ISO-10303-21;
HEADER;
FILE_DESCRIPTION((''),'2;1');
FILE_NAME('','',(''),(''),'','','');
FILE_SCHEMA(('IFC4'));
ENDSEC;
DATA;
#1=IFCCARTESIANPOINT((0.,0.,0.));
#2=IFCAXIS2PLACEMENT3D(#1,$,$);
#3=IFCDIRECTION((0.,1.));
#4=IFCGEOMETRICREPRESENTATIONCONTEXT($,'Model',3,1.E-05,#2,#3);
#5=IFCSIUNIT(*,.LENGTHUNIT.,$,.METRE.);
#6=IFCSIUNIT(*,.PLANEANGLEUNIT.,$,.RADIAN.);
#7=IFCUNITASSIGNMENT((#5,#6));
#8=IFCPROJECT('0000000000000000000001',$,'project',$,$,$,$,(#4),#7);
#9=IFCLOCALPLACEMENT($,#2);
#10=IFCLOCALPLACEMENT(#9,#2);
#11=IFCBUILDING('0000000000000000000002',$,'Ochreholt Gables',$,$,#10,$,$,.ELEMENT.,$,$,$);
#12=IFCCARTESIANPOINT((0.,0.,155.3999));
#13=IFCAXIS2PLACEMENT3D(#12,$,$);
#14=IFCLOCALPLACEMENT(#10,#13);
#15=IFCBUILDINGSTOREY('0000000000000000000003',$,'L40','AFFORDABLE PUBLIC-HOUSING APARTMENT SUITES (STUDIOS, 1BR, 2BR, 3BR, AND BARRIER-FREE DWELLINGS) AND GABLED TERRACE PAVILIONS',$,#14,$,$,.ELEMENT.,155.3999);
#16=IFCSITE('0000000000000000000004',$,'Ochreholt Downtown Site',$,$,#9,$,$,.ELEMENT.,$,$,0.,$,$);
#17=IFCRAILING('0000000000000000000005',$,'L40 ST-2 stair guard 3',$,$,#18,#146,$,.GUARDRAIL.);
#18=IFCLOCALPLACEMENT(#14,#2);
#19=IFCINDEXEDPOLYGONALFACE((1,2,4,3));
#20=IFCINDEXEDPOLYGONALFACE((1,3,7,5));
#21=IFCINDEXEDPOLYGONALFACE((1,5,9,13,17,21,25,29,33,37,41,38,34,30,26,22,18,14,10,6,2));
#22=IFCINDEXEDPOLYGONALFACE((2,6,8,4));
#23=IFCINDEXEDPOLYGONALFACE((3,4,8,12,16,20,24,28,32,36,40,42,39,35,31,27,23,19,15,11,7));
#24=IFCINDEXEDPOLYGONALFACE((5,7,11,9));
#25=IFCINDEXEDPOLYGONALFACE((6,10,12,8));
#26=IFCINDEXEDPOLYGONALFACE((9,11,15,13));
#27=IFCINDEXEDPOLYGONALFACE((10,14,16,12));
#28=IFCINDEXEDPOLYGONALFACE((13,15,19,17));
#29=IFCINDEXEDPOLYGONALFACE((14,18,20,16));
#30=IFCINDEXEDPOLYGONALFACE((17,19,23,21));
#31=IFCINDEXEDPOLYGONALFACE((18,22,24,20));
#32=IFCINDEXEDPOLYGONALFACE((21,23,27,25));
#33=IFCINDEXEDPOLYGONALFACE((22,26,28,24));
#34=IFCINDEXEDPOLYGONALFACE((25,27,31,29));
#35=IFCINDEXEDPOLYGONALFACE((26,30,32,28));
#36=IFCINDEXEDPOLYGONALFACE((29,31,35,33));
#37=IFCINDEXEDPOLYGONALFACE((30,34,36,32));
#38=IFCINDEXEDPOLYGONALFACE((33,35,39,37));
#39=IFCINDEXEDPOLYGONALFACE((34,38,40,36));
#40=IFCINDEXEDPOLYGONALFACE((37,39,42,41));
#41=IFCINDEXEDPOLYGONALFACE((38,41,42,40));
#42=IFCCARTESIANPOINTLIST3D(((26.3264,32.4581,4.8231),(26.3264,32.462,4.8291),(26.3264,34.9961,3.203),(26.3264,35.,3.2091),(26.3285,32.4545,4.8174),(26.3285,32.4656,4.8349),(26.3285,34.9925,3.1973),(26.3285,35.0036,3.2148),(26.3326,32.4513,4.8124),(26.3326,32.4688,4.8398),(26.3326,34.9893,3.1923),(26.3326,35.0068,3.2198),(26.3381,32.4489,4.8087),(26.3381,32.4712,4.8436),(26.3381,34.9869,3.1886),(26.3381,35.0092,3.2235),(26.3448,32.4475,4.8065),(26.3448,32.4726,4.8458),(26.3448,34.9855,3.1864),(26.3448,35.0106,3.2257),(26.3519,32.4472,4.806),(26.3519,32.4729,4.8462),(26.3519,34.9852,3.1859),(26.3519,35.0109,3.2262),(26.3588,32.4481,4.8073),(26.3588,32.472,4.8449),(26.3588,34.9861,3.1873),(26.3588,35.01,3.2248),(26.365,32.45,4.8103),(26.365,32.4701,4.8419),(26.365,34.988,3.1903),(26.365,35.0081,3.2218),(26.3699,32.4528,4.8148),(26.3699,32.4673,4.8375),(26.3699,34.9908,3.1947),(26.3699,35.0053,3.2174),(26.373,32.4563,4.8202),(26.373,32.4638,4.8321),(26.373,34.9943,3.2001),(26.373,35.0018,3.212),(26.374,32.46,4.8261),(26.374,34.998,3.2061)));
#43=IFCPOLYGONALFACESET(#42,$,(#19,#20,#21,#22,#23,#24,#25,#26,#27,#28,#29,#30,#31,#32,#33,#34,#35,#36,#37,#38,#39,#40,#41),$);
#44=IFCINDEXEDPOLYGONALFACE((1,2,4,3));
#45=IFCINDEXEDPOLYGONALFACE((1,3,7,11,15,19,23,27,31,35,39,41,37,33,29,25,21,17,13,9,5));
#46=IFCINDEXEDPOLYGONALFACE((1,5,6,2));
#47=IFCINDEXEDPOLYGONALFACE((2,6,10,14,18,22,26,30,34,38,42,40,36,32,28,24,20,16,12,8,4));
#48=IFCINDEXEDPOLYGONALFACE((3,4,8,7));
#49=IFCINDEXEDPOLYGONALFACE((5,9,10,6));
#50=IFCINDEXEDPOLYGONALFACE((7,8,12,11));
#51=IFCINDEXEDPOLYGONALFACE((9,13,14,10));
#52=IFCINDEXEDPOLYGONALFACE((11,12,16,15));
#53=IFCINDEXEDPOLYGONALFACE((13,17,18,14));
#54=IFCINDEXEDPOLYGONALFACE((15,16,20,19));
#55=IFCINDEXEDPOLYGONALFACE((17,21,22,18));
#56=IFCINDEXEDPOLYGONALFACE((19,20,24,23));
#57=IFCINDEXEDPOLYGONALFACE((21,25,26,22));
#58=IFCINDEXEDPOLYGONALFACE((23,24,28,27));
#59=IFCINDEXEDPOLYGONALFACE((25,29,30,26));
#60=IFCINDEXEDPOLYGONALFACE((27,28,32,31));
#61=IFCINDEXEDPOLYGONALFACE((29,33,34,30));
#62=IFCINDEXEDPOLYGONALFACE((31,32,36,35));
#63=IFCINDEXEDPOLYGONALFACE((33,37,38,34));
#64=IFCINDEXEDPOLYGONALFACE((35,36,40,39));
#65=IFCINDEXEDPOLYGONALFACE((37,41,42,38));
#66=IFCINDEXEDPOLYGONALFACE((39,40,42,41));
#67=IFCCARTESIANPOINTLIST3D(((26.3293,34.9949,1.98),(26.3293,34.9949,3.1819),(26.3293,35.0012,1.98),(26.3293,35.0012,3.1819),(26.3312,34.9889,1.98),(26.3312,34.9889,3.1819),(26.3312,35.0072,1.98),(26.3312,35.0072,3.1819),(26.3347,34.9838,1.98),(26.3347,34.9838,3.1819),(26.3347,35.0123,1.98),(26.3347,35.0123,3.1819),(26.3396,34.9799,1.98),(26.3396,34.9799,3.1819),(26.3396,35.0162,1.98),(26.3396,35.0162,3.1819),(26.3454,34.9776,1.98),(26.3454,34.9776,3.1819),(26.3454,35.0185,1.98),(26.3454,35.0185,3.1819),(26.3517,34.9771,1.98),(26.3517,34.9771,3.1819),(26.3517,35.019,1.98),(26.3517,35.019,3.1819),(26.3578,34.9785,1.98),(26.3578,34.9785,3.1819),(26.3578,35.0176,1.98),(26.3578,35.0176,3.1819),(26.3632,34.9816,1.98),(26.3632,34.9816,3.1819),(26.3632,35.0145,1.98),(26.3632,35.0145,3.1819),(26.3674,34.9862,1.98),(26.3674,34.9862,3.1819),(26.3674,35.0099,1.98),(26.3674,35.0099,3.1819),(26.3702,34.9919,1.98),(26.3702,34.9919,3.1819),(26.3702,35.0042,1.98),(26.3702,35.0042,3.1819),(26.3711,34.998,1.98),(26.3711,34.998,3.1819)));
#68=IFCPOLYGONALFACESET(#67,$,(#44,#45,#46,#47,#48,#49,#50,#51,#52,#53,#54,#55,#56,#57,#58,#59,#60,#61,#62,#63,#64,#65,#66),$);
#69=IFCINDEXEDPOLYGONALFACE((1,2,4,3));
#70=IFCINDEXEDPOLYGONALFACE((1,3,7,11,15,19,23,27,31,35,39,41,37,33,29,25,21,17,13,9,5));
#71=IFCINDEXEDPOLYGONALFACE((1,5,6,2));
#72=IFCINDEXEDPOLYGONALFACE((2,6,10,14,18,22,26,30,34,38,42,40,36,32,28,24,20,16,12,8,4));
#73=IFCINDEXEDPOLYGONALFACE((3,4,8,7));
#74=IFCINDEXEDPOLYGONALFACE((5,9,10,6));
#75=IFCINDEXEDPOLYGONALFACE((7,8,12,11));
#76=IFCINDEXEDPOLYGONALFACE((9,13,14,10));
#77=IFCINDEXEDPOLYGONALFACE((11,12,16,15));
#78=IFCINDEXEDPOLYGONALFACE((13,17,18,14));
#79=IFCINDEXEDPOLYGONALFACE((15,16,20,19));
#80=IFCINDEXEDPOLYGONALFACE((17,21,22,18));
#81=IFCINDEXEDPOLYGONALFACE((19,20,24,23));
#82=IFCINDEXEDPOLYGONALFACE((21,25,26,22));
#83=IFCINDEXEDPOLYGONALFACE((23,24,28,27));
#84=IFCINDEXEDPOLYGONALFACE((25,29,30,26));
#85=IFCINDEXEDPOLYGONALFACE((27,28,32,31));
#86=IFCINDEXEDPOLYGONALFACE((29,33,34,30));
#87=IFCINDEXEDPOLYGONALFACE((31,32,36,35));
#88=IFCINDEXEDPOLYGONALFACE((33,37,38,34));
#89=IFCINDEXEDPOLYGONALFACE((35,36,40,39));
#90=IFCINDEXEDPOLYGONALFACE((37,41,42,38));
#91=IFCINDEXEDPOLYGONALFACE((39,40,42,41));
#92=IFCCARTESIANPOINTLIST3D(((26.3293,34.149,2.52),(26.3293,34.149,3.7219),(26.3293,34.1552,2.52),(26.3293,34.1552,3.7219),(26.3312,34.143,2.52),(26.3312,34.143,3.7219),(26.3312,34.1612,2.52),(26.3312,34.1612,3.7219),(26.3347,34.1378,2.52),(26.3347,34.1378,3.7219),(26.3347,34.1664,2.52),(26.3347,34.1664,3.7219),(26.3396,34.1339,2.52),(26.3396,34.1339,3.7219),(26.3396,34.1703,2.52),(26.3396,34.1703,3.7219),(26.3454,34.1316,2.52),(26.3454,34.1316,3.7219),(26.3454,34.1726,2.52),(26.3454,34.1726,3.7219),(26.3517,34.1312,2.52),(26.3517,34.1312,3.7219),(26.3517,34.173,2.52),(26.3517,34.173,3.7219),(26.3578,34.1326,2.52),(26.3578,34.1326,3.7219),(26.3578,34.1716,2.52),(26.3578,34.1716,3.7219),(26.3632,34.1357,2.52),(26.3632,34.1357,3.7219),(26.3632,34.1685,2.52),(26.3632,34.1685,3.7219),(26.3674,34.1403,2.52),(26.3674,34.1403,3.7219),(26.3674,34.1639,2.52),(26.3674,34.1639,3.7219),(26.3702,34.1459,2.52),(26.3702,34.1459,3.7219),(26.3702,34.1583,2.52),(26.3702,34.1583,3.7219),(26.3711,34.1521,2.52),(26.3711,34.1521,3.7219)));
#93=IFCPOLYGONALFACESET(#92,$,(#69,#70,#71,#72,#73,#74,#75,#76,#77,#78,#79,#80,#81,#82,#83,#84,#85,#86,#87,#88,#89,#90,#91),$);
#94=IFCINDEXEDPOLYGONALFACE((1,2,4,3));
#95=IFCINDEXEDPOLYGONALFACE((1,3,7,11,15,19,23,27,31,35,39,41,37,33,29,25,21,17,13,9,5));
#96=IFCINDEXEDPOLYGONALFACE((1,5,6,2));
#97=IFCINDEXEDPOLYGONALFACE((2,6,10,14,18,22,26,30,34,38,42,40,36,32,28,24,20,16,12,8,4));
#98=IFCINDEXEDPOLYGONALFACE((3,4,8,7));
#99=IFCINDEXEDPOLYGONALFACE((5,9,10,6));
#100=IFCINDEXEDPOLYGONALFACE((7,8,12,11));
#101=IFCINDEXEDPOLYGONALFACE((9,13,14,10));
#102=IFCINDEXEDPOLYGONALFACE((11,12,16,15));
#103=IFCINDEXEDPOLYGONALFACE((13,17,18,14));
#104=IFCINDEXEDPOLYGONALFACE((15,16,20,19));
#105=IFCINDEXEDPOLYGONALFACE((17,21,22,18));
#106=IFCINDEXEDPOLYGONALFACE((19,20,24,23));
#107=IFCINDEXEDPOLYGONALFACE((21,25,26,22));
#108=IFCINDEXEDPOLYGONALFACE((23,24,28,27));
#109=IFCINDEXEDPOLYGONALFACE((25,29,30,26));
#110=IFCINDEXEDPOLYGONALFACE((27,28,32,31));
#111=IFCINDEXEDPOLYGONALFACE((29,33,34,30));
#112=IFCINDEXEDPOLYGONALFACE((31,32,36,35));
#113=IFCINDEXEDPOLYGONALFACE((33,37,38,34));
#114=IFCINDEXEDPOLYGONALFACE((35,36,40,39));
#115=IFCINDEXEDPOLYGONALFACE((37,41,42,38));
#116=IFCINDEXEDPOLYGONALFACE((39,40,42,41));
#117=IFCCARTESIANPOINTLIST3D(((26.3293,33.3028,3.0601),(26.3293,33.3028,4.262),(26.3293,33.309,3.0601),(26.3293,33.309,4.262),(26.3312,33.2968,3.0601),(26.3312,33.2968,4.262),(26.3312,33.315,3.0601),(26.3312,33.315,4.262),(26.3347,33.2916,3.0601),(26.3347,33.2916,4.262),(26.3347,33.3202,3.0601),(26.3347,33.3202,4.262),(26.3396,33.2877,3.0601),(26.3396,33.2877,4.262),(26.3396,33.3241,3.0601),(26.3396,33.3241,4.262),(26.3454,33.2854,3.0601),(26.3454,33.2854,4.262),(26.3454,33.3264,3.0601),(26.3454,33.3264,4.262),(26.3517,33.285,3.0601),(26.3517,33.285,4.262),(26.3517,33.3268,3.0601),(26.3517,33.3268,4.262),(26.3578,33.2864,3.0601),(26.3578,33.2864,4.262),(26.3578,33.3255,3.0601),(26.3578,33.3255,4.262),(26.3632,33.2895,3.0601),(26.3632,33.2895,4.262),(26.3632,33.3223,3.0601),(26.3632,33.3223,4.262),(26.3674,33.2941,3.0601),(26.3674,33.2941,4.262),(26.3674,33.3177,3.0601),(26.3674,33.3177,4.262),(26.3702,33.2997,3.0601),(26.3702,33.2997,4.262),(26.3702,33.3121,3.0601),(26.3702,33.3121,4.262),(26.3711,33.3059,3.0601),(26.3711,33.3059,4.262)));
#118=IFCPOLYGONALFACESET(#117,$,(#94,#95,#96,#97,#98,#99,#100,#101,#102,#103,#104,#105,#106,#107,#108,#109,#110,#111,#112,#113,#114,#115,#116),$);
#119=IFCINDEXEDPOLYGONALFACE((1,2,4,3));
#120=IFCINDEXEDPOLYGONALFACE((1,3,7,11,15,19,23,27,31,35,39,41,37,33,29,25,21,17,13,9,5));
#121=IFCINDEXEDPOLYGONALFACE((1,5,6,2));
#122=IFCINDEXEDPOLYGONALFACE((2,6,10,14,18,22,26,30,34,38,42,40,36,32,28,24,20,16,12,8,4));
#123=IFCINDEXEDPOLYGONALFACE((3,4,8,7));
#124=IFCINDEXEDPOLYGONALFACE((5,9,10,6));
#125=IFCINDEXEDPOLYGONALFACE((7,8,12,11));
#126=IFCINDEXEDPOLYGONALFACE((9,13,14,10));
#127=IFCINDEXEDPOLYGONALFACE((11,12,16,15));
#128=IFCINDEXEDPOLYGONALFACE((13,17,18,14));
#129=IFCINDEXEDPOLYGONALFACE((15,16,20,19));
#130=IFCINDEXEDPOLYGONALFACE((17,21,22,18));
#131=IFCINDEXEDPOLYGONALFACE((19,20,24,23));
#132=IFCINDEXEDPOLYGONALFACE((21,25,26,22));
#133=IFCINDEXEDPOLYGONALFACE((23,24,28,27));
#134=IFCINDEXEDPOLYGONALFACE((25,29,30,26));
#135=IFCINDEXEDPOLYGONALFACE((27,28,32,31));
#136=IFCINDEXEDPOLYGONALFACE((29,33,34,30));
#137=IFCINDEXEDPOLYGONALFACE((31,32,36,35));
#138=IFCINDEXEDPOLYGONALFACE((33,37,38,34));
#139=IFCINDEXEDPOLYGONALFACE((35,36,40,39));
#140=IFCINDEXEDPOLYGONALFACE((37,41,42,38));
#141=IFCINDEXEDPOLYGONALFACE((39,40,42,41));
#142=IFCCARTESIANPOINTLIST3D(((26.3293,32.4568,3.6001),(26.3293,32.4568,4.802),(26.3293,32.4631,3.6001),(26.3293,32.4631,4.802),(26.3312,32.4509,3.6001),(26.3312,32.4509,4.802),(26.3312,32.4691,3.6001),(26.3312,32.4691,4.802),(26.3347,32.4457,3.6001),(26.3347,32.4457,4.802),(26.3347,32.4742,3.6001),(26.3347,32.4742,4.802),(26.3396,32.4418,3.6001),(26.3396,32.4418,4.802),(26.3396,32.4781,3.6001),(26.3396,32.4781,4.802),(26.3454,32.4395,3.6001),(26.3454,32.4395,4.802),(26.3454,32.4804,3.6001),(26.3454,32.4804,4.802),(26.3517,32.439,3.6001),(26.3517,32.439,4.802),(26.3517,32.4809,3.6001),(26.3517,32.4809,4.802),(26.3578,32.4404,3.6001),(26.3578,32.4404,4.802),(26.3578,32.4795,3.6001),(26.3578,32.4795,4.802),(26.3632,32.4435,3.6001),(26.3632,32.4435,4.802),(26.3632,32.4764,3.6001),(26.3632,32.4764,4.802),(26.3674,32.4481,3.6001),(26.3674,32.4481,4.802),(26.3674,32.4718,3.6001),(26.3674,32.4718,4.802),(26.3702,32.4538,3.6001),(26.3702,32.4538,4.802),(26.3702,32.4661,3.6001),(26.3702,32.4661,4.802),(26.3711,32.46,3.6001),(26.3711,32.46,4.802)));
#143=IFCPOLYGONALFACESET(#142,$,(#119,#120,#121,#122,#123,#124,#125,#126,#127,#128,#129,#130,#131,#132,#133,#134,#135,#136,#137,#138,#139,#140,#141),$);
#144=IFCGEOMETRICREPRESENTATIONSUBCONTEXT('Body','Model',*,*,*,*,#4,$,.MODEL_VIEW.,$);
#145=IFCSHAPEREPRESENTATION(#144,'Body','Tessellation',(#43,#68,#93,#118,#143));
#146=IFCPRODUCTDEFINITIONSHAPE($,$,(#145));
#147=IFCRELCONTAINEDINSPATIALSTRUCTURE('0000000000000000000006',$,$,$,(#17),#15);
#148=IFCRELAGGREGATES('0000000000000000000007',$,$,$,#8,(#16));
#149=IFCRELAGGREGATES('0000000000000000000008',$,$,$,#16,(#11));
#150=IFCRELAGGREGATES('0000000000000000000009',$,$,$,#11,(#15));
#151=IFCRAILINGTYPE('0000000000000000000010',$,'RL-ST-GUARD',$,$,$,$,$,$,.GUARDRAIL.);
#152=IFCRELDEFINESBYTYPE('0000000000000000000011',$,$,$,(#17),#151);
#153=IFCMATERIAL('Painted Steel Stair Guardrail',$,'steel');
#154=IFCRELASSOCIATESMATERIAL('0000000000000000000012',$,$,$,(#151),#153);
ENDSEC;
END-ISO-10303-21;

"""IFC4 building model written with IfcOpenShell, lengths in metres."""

from ifc_helpers import new_model, si_unit, direction, frame, origin, origin_2d, place, context, subcontext, project, spatial, circle, extrude, material, type_object, element, save


model = new_model("IFC4")

# Units and contexts
model_context = context("Model", 3, precision=1e-05, world=origin(), true_north=direction((0.0, 1.0)))
body_context = subcontext(model_context, "Body", "Model", "MODEL_VIEW")
ifc_project = project(units=[si_unit("LENGTHUNIT", "METRE"), si_unit("PLANEANGLEUNIT", "RADIAN")], contexts=[model_context])

# Site, building, storey
site_placement = place(None, origin())
site = spatial("IfcSite", under=ifc_project, at=site_placement, Name="Ochreholt Downtown Site", CompositionType="ELEMENT", RefElevation=0.0)
building_placement = place(site_placement, origin())
building = spatial("IfcBuilding", under=site, at=building_placement, Name="Ochreholt Gables", CompositionType="ELEMENT")
storey_placement = place(building_placement, frame((0.0, 0.0, 155.3999)))
storey = spatial("IfcBuildingStorey", under=building, at=storey_placement, Name="L40", Description="AFFORDABLE PUBLIC-HOUSING APARTMENT SUITES (STUDIOS, 1BR, 2BR, 3BR, AND BARRIER-FREE DWELLINGS) AND GABLED TERRACE PAVILIONS", CompositionType="ELEMENT", Elevation=155.3999)

# Railing
ifc_material_1 = material(Name="Painted Steel Stair Guardrail", Category="steel")
railing_type_1 = type_object("IfcRailingType", Name="RL-ST-GUARD", PredefinedType="GUARDRAIL", material=ifc_material_1)
railing_1_placement = place(storey_placement, frame((26.3501, 34.998, 1.98)))
element("IfcRailing", 1, at=railing_1_placement, inside=storey, type_object=railing_type_1, Name="L40 ST-2 stair guard 3", PredefinedType="GUARDRAIL", context=body_context, shape_type="SweptSolid", body=[
    extrude(circle(Radius=0.0239, at=origin_2d()), frame((0.0, 0.0, 1.2261), z_axis=(0.0, -0.842913, 0.53805), x_axis=(1.0, 0.0, 0.0)), (0.0, 0.0, 1.0), 3.011),
    extrude(circle(Radius=0.021, at=origin_2d()), origin(), (0.0, 0.0, 1.0), 1.2019),
    extrude(circle(Radius=0.021, at=origin_2d()), frame((0.0, -0.8459, 0.54)), (0.0, 0.0, 1.0), 1.2019),
    extrude(circle(Radius=0.021, at=origin_2d()), frame((0.0, -1.6921, 1.0801)), (0.0, 0.0, 1.0), 1.2019),
    extrude(circle(Radius=0.021, at=origin_2d()), frame((0.0, -2.5381, 1.6201)), (0.0, 0.0, 1.0), 1.2019),
])

save(model, "model.ifc")
